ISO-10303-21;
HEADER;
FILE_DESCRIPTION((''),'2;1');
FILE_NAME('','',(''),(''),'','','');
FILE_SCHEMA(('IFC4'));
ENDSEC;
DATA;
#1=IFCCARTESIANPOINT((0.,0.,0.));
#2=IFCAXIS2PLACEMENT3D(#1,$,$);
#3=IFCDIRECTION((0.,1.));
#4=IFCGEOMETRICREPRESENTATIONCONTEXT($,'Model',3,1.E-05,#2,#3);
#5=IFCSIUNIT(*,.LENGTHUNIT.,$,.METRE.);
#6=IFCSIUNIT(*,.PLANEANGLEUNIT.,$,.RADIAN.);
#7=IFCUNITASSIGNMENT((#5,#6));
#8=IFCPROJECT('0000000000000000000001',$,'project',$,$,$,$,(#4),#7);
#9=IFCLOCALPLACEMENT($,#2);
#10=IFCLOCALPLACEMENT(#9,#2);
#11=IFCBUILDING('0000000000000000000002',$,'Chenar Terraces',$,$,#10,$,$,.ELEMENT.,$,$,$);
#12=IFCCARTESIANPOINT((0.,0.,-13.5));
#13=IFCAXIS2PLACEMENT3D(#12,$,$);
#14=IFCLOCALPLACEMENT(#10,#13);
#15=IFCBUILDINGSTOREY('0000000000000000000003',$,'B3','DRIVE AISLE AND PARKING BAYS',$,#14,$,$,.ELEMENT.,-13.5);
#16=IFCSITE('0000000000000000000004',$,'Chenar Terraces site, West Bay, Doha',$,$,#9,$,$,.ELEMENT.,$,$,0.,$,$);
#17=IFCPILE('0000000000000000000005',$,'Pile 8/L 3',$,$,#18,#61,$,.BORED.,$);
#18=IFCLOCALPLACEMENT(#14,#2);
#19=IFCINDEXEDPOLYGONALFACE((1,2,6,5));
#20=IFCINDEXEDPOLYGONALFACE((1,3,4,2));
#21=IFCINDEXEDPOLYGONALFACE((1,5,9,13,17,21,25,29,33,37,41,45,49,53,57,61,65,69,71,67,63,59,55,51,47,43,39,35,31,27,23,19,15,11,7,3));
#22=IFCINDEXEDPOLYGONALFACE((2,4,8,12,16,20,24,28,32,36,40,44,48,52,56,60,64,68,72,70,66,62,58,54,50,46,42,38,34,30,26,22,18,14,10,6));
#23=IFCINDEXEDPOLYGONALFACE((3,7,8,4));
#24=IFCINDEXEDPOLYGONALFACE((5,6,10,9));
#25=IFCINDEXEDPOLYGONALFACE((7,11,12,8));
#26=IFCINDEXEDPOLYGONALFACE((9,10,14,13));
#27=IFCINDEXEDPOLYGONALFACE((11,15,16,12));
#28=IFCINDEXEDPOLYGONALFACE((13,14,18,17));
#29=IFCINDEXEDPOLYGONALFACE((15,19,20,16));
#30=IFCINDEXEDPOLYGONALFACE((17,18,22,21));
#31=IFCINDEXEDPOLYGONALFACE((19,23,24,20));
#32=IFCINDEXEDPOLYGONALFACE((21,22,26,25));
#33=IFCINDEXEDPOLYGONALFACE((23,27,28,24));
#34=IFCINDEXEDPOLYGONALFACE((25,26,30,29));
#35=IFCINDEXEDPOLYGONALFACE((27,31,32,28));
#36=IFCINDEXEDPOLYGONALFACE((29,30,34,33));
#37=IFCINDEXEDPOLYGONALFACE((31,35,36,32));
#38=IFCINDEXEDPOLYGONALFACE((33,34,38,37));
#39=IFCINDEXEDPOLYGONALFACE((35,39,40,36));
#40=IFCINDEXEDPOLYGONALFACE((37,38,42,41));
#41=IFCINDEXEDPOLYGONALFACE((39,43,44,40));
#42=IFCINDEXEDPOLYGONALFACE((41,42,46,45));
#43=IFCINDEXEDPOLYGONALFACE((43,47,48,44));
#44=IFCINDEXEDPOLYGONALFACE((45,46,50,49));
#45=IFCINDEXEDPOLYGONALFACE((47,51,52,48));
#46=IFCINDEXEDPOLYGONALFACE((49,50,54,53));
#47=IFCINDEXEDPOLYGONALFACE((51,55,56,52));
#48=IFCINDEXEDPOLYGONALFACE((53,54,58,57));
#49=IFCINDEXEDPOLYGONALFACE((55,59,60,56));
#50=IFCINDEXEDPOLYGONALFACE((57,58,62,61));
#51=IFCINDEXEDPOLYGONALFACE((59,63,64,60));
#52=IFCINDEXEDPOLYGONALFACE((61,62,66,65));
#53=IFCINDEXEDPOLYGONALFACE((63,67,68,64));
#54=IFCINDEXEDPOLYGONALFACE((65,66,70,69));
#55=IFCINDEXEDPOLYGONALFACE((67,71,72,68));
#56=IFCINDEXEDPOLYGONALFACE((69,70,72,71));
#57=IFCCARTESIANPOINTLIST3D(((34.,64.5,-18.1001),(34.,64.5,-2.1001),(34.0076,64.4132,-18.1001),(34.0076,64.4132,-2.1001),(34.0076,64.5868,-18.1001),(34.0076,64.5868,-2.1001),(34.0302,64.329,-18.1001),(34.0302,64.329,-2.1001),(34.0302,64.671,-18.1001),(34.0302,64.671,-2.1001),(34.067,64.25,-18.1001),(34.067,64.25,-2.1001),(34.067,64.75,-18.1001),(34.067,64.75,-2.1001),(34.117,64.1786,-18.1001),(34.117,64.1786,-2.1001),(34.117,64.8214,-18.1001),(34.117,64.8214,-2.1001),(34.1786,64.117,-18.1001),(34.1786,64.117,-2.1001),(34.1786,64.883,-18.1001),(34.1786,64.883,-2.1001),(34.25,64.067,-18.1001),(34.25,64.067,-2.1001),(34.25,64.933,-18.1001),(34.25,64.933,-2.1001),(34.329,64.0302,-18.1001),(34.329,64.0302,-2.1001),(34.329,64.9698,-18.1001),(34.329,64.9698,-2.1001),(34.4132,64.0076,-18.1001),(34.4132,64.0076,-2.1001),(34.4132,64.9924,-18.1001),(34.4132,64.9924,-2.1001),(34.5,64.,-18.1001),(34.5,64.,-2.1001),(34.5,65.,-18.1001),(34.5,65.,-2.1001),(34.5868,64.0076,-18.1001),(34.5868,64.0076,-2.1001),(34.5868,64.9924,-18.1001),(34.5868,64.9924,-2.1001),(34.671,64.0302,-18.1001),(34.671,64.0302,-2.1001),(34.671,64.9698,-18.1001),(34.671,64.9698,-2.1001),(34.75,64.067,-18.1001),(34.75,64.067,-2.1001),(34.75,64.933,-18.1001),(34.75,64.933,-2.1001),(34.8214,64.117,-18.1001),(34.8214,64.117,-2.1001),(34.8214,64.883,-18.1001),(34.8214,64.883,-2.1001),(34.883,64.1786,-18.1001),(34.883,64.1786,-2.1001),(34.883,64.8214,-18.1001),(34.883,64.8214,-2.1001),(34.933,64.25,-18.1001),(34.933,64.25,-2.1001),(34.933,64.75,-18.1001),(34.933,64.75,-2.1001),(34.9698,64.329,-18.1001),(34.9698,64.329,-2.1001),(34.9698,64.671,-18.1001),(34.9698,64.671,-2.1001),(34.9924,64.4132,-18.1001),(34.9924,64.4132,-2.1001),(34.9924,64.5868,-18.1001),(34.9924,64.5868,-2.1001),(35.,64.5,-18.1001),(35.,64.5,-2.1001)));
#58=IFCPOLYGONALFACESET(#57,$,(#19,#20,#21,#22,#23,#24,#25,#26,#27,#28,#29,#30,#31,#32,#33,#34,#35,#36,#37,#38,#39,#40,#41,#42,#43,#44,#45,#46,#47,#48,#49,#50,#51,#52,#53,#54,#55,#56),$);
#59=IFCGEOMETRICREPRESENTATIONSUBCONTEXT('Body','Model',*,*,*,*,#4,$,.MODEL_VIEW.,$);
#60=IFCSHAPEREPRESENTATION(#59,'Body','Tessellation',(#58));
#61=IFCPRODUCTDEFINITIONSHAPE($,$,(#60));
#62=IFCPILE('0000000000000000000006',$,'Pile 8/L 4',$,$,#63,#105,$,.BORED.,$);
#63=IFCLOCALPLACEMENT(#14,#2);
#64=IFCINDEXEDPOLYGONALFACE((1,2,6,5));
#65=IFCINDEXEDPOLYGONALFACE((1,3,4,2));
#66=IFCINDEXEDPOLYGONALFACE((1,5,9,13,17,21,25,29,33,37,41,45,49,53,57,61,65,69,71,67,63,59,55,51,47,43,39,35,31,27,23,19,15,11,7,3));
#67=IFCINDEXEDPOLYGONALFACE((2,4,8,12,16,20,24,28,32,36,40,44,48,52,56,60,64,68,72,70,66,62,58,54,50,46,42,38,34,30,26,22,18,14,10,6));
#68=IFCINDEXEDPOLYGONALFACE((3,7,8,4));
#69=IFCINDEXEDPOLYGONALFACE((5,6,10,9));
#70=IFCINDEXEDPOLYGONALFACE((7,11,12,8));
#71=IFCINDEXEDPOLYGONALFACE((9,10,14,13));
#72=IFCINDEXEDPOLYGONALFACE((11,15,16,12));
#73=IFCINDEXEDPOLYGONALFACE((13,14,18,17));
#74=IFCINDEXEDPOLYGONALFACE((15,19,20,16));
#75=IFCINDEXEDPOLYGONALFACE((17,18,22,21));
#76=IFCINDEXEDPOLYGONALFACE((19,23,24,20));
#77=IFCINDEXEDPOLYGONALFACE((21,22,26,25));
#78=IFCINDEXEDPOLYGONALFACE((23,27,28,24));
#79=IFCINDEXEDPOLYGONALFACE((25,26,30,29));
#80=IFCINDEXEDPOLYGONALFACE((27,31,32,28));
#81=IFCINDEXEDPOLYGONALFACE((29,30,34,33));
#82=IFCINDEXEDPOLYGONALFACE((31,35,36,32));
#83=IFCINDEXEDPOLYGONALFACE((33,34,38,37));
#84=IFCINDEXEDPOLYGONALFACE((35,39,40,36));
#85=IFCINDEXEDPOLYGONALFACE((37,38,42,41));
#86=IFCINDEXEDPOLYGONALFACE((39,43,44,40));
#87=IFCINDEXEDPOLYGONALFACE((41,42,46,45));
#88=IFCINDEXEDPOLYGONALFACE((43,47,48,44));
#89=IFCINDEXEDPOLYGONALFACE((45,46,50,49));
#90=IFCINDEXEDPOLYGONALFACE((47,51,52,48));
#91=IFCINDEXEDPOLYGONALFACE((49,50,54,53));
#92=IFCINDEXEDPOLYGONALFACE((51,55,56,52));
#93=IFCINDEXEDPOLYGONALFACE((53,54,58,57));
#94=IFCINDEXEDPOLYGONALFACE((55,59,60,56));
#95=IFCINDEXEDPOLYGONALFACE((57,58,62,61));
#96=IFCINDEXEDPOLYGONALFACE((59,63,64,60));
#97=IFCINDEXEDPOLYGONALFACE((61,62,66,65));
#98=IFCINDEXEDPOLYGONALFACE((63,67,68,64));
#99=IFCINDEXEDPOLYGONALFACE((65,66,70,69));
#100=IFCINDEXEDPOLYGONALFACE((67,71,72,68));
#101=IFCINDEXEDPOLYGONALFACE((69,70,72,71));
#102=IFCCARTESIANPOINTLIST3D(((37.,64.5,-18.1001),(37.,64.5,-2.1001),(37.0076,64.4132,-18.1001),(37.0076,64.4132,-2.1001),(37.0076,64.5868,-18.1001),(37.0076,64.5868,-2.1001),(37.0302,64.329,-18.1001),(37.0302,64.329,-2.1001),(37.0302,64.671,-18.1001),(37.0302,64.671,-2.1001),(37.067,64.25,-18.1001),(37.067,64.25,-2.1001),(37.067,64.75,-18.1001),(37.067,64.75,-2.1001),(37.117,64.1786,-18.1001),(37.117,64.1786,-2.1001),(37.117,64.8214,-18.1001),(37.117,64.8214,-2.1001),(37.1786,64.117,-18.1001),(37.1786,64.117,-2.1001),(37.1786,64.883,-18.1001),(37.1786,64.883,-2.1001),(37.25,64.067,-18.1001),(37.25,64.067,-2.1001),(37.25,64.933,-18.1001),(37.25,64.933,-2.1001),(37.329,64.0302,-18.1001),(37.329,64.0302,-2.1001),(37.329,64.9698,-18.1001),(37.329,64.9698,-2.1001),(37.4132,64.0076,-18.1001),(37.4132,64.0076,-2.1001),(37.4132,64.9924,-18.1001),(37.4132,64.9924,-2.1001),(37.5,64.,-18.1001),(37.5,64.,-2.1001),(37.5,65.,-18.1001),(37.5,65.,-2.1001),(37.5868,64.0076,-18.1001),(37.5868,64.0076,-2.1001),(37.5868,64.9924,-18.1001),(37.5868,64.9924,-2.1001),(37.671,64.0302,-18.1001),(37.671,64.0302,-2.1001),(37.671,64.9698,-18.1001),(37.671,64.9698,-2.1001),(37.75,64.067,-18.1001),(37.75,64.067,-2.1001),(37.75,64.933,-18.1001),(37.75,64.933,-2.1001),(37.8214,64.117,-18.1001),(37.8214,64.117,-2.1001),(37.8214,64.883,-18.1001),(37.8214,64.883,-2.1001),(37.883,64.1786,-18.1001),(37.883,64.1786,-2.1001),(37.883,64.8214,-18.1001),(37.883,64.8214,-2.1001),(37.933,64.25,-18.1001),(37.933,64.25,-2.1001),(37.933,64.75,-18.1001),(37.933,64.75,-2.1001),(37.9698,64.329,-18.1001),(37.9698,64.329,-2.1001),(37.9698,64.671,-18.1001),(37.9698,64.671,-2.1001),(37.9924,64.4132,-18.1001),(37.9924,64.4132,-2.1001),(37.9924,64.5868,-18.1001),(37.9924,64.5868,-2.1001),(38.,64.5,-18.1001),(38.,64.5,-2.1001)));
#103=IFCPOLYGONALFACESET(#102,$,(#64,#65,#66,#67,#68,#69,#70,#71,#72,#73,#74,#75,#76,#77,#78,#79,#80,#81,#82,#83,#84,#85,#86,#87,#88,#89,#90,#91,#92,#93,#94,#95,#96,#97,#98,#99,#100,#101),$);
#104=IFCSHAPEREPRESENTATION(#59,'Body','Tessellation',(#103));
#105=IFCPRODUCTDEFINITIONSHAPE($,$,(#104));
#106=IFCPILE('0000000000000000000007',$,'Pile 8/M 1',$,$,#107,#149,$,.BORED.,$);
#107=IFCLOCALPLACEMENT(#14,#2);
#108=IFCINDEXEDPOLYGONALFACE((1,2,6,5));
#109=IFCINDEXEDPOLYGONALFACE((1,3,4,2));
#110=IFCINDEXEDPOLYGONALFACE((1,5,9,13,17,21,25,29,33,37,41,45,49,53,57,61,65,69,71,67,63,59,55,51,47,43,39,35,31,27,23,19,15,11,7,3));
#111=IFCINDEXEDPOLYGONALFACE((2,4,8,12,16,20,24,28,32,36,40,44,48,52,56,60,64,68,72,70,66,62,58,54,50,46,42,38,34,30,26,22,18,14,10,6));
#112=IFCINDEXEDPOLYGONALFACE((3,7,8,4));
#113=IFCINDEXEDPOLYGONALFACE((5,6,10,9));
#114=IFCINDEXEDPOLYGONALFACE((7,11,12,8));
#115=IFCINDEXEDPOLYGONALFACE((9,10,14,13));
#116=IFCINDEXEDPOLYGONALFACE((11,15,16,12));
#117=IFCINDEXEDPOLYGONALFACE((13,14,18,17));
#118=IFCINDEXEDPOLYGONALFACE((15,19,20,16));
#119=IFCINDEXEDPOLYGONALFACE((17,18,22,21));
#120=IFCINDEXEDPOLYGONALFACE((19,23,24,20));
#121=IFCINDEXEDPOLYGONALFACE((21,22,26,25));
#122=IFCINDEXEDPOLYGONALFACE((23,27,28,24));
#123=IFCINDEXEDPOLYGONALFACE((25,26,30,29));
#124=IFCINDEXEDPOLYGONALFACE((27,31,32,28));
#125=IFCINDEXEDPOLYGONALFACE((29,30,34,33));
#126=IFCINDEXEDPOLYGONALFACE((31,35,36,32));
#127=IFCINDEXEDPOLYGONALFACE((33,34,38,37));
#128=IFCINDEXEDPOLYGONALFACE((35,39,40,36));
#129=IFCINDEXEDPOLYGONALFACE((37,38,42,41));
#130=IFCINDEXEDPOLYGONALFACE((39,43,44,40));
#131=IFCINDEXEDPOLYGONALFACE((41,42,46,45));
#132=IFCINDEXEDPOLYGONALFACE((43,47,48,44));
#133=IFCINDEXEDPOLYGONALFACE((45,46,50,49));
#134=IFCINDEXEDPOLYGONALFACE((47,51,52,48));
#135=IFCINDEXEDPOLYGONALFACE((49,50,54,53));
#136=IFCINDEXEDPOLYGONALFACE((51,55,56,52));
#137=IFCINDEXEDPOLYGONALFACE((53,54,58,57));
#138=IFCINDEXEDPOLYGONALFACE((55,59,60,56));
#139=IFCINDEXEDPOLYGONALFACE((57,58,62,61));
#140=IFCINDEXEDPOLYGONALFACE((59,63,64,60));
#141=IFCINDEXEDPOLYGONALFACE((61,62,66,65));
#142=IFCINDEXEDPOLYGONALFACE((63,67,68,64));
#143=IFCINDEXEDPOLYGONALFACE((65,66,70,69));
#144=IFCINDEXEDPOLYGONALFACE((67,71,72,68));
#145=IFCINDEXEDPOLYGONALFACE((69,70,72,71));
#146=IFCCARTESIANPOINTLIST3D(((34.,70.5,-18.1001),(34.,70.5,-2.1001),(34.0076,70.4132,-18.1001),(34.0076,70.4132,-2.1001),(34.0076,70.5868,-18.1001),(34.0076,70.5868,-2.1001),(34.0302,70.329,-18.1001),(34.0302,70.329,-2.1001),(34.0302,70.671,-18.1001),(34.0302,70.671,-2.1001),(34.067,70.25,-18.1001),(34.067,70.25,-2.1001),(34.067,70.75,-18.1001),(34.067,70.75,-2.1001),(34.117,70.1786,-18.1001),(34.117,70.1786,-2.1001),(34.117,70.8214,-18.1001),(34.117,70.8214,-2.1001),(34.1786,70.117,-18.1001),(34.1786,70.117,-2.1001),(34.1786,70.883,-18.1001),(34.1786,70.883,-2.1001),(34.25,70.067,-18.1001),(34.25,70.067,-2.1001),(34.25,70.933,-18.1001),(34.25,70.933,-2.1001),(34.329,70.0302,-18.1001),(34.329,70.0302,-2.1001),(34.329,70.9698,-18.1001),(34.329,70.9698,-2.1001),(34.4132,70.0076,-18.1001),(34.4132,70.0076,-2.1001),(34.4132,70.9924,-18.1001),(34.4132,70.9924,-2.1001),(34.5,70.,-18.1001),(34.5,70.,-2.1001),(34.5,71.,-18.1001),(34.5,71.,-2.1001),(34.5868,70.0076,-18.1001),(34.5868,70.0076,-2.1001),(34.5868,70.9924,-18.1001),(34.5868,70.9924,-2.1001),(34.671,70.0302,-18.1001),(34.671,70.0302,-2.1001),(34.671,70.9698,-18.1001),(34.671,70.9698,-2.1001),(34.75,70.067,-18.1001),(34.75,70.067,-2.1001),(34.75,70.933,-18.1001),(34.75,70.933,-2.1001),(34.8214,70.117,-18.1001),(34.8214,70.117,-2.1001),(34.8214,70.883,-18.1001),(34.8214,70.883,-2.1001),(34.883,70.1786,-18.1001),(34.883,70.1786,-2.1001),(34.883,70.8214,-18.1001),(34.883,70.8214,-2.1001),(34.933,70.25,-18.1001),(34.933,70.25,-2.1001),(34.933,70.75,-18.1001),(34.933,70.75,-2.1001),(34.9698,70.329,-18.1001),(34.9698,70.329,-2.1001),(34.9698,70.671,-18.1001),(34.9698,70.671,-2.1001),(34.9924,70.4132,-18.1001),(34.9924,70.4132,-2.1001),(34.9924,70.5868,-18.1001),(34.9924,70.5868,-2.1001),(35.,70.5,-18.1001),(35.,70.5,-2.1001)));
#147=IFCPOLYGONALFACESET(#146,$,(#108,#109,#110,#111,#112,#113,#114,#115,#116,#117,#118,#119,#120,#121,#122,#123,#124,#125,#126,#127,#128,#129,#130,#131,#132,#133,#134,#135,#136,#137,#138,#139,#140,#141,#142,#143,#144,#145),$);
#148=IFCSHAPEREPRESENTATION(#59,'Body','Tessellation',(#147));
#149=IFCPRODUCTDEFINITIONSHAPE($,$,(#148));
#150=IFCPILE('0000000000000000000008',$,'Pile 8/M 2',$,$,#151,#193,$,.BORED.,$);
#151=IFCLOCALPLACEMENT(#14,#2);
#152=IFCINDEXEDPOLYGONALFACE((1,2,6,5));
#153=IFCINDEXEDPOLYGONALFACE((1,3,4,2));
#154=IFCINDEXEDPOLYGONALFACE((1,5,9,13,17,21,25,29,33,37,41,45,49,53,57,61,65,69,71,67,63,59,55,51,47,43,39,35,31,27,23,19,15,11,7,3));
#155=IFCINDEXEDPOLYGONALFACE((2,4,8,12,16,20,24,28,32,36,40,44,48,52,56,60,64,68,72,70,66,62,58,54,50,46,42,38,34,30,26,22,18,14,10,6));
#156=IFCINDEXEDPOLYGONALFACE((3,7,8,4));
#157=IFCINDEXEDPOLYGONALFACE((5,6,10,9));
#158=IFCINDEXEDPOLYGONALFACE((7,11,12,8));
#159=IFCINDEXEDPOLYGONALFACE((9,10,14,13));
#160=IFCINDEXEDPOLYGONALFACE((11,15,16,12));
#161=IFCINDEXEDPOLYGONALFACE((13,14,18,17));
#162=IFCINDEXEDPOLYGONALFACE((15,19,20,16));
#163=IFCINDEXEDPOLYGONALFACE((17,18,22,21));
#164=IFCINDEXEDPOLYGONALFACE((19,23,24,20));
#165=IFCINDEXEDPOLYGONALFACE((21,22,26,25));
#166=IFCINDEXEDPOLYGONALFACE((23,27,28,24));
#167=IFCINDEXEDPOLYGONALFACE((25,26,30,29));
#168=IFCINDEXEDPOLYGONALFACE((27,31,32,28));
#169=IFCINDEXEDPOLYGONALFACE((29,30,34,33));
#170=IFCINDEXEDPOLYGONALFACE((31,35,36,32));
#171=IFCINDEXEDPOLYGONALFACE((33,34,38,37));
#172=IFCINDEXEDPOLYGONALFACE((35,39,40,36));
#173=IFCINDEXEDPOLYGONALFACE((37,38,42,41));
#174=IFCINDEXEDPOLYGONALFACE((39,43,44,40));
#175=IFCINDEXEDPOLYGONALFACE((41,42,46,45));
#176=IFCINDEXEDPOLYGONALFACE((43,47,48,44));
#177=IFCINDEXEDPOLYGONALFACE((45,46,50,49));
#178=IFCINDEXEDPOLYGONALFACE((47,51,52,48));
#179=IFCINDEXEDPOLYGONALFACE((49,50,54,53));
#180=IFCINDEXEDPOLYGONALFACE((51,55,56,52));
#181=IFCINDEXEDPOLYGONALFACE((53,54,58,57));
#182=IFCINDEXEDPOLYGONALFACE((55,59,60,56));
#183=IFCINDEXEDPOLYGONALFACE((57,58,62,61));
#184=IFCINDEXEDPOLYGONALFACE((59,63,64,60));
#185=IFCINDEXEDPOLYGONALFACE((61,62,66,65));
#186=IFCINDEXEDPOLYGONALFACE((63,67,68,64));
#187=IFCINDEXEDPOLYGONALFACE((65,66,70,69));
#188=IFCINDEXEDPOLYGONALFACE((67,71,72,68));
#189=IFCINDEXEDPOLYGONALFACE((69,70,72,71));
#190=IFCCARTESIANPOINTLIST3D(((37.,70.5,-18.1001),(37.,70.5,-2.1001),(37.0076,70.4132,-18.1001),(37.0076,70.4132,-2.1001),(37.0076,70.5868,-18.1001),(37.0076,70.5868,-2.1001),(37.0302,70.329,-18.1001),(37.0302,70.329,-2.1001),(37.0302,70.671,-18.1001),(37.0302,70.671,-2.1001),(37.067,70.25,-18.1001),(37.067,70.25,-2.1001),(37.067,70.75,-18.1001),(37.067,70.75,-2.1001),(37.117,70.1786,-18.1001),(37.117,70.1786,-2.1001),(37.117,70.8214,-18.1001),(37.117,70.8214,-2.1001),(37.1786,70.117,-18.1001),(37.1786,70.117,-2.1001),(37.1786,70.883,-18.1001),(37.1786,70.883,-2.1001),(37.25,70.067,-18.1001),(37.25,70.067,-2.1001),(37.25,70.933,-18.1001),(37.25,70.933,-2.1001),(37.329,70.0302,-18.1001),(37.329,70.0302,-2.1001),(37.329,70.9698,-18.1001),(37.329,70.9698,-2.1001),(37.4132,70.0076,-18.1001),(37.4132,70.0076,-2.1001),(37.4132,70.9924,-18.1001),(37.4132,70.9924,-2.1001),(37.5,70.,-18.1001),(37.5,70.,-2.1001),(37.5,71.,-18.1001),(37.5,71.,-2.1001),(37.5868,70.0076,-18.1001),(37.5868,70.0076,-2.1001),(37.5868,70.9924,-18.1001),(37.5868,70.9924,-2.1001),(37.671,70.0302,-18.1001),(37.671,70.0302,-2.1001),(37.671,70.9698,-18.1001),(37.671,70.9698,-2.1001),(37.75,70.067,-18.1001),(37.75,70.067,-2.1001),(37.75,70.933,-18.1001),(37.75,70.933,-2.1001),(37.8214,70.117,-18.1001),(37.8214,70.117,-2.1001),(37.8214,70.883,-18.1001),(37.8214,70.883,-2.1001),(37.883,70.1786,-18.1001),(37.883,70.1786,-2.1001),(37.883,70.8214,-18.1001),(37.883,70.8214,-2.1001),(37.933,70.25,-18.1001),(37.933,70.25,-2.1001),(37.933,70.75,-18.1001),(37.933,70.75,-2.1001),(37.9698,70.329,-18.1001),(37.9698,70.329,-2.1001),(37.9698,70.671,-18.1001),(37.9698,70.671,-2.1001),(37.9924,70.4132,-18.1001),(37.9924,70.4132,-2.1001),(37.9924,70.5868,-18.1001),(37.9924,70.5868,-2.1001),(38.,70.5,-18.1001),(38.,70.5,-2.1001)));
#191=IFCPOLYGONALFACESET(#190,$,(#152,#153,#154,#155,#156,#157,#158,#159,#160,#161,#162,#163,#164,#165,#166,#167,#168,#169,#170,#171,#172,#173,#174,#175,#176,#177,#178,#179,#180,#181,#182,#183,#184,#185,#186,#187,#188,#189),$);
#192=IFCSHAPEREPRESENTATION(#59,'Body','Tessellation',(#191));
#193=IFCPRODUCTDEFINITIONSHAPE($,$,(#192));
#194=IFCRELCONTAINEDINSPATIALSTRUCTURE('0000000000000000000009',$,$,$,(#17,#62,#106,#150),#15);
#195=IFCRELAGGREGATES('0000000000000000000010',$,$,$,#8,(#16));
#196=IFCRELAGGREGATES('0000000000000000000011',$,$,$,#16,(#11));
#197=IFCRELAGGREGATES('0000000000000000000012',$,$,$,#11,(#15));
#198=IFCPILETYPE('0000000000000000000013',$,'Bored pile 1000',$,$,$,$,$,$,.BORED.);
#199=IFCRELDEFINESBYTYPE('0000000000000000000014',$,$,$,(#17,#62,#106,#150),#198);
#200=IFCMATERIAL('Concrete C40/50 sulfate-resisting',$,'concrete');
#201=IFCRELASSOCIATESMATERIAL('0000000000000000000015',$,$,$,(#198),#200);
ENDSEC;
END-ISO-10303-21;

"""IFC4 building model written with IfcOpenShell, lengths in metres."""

from ifc_helpers import new_model, si_unit, direction, frame, origin, origin_2d, place, context, subcontext, project, spatial, circle, extrude, material, material_profile, profile_set, type_object, element, save


model = new_model("IFC4")

# Units and contexts
model_context = context("Model", 3, precision=1e-05, world=origin(), true_north=direction((0.0, 1.0)))
body_context = subcontext(model_context, "Body", "Model", "MODEL_VIEW")
ifc_project = project(units=[si_unit("LENGTHUNIT", "METRE"), si_unit("PLANEANGLEUNIT", "RADIAN")], contexts=[model_context])

# Site, building, storey
site_placement = place(None, origin())
site = spatial("IfcSite", under=ifc_project, at=site_placement, Name="Chenar Terraces site, West Bay, Doha", CompositionType="ELEMENT", RefElevation=0.0)
building_placement = place(site_placement, origin())
building = spatial("IfcBuilding", under=site, at=building_placement, Name="Chenar Terraces", CompositionType="ELEMENT")
storey_placement = place(building_placement, frame((0.0, 0.0, -13.5)))
storey = spatial("IfcBuildingStorey", under=building, at=storey_placement, Name="B3", Description="DRIVE AISLE AND PARKING BAYS", CompositionType="ELEMENT", Elevation=-13.5)

# Piles
ifc_material_1 = material(Name="Concrete C40/50 sulfate-resisting", Category="concrete")
ifc_material_profile_1 = material_profile(ifc_material_1, circle(Radius=0.5, at=origin_2d()), Name="BP 1000")
ifc_profile_set_1 = profile_set([ifc_material_profile_1], Name="Concrete C40/50 sulfate-resisting")
pile_type = type_object("IfcPileType", Name="Bored pile 1000", PredefinedType="BORED", material=ifc_profile_set_1)
for number, where, z_axis, x_axis, name in (
    (1, (34.5, 64.5, -2.1001), (0.0, 0.0, -1.0), (1.0, 0.0, 0.0), "Pile 8/L 3"),
    (2, (37.5, 64.5, -2.1001), (0.0, 0.0, -1.0), (1.0, 0.0, 0.0), "Pile 8/L 4"),
    (3, (34.5, 70.5, -2.1001), (0.0, 0.0, -1.0), (1.0, 0.0, 0.0), "Pile 8/M 1"),
    (4, (37.5, 70.5, -2.1001), (0.0, 0.0, -1.0), (1.0, 0.0, 0.0), "Pile 8/M 2"),
):
    element("IfcPile", number, at=place(storey_placement, frame(where, z_axis=z_axis, x_axis=x_axis)), inside=storey, type_object=pile_type, Name=name, PredefinedType="BORED", context=body_context, shape_type="SweptSolid", body=[
        extrude(circle(Radius=0.5, at=origin_2d()), origin(), (0.0, 0.0, 1.0), 16.0),
    ])

save(model, "model.ifc")
